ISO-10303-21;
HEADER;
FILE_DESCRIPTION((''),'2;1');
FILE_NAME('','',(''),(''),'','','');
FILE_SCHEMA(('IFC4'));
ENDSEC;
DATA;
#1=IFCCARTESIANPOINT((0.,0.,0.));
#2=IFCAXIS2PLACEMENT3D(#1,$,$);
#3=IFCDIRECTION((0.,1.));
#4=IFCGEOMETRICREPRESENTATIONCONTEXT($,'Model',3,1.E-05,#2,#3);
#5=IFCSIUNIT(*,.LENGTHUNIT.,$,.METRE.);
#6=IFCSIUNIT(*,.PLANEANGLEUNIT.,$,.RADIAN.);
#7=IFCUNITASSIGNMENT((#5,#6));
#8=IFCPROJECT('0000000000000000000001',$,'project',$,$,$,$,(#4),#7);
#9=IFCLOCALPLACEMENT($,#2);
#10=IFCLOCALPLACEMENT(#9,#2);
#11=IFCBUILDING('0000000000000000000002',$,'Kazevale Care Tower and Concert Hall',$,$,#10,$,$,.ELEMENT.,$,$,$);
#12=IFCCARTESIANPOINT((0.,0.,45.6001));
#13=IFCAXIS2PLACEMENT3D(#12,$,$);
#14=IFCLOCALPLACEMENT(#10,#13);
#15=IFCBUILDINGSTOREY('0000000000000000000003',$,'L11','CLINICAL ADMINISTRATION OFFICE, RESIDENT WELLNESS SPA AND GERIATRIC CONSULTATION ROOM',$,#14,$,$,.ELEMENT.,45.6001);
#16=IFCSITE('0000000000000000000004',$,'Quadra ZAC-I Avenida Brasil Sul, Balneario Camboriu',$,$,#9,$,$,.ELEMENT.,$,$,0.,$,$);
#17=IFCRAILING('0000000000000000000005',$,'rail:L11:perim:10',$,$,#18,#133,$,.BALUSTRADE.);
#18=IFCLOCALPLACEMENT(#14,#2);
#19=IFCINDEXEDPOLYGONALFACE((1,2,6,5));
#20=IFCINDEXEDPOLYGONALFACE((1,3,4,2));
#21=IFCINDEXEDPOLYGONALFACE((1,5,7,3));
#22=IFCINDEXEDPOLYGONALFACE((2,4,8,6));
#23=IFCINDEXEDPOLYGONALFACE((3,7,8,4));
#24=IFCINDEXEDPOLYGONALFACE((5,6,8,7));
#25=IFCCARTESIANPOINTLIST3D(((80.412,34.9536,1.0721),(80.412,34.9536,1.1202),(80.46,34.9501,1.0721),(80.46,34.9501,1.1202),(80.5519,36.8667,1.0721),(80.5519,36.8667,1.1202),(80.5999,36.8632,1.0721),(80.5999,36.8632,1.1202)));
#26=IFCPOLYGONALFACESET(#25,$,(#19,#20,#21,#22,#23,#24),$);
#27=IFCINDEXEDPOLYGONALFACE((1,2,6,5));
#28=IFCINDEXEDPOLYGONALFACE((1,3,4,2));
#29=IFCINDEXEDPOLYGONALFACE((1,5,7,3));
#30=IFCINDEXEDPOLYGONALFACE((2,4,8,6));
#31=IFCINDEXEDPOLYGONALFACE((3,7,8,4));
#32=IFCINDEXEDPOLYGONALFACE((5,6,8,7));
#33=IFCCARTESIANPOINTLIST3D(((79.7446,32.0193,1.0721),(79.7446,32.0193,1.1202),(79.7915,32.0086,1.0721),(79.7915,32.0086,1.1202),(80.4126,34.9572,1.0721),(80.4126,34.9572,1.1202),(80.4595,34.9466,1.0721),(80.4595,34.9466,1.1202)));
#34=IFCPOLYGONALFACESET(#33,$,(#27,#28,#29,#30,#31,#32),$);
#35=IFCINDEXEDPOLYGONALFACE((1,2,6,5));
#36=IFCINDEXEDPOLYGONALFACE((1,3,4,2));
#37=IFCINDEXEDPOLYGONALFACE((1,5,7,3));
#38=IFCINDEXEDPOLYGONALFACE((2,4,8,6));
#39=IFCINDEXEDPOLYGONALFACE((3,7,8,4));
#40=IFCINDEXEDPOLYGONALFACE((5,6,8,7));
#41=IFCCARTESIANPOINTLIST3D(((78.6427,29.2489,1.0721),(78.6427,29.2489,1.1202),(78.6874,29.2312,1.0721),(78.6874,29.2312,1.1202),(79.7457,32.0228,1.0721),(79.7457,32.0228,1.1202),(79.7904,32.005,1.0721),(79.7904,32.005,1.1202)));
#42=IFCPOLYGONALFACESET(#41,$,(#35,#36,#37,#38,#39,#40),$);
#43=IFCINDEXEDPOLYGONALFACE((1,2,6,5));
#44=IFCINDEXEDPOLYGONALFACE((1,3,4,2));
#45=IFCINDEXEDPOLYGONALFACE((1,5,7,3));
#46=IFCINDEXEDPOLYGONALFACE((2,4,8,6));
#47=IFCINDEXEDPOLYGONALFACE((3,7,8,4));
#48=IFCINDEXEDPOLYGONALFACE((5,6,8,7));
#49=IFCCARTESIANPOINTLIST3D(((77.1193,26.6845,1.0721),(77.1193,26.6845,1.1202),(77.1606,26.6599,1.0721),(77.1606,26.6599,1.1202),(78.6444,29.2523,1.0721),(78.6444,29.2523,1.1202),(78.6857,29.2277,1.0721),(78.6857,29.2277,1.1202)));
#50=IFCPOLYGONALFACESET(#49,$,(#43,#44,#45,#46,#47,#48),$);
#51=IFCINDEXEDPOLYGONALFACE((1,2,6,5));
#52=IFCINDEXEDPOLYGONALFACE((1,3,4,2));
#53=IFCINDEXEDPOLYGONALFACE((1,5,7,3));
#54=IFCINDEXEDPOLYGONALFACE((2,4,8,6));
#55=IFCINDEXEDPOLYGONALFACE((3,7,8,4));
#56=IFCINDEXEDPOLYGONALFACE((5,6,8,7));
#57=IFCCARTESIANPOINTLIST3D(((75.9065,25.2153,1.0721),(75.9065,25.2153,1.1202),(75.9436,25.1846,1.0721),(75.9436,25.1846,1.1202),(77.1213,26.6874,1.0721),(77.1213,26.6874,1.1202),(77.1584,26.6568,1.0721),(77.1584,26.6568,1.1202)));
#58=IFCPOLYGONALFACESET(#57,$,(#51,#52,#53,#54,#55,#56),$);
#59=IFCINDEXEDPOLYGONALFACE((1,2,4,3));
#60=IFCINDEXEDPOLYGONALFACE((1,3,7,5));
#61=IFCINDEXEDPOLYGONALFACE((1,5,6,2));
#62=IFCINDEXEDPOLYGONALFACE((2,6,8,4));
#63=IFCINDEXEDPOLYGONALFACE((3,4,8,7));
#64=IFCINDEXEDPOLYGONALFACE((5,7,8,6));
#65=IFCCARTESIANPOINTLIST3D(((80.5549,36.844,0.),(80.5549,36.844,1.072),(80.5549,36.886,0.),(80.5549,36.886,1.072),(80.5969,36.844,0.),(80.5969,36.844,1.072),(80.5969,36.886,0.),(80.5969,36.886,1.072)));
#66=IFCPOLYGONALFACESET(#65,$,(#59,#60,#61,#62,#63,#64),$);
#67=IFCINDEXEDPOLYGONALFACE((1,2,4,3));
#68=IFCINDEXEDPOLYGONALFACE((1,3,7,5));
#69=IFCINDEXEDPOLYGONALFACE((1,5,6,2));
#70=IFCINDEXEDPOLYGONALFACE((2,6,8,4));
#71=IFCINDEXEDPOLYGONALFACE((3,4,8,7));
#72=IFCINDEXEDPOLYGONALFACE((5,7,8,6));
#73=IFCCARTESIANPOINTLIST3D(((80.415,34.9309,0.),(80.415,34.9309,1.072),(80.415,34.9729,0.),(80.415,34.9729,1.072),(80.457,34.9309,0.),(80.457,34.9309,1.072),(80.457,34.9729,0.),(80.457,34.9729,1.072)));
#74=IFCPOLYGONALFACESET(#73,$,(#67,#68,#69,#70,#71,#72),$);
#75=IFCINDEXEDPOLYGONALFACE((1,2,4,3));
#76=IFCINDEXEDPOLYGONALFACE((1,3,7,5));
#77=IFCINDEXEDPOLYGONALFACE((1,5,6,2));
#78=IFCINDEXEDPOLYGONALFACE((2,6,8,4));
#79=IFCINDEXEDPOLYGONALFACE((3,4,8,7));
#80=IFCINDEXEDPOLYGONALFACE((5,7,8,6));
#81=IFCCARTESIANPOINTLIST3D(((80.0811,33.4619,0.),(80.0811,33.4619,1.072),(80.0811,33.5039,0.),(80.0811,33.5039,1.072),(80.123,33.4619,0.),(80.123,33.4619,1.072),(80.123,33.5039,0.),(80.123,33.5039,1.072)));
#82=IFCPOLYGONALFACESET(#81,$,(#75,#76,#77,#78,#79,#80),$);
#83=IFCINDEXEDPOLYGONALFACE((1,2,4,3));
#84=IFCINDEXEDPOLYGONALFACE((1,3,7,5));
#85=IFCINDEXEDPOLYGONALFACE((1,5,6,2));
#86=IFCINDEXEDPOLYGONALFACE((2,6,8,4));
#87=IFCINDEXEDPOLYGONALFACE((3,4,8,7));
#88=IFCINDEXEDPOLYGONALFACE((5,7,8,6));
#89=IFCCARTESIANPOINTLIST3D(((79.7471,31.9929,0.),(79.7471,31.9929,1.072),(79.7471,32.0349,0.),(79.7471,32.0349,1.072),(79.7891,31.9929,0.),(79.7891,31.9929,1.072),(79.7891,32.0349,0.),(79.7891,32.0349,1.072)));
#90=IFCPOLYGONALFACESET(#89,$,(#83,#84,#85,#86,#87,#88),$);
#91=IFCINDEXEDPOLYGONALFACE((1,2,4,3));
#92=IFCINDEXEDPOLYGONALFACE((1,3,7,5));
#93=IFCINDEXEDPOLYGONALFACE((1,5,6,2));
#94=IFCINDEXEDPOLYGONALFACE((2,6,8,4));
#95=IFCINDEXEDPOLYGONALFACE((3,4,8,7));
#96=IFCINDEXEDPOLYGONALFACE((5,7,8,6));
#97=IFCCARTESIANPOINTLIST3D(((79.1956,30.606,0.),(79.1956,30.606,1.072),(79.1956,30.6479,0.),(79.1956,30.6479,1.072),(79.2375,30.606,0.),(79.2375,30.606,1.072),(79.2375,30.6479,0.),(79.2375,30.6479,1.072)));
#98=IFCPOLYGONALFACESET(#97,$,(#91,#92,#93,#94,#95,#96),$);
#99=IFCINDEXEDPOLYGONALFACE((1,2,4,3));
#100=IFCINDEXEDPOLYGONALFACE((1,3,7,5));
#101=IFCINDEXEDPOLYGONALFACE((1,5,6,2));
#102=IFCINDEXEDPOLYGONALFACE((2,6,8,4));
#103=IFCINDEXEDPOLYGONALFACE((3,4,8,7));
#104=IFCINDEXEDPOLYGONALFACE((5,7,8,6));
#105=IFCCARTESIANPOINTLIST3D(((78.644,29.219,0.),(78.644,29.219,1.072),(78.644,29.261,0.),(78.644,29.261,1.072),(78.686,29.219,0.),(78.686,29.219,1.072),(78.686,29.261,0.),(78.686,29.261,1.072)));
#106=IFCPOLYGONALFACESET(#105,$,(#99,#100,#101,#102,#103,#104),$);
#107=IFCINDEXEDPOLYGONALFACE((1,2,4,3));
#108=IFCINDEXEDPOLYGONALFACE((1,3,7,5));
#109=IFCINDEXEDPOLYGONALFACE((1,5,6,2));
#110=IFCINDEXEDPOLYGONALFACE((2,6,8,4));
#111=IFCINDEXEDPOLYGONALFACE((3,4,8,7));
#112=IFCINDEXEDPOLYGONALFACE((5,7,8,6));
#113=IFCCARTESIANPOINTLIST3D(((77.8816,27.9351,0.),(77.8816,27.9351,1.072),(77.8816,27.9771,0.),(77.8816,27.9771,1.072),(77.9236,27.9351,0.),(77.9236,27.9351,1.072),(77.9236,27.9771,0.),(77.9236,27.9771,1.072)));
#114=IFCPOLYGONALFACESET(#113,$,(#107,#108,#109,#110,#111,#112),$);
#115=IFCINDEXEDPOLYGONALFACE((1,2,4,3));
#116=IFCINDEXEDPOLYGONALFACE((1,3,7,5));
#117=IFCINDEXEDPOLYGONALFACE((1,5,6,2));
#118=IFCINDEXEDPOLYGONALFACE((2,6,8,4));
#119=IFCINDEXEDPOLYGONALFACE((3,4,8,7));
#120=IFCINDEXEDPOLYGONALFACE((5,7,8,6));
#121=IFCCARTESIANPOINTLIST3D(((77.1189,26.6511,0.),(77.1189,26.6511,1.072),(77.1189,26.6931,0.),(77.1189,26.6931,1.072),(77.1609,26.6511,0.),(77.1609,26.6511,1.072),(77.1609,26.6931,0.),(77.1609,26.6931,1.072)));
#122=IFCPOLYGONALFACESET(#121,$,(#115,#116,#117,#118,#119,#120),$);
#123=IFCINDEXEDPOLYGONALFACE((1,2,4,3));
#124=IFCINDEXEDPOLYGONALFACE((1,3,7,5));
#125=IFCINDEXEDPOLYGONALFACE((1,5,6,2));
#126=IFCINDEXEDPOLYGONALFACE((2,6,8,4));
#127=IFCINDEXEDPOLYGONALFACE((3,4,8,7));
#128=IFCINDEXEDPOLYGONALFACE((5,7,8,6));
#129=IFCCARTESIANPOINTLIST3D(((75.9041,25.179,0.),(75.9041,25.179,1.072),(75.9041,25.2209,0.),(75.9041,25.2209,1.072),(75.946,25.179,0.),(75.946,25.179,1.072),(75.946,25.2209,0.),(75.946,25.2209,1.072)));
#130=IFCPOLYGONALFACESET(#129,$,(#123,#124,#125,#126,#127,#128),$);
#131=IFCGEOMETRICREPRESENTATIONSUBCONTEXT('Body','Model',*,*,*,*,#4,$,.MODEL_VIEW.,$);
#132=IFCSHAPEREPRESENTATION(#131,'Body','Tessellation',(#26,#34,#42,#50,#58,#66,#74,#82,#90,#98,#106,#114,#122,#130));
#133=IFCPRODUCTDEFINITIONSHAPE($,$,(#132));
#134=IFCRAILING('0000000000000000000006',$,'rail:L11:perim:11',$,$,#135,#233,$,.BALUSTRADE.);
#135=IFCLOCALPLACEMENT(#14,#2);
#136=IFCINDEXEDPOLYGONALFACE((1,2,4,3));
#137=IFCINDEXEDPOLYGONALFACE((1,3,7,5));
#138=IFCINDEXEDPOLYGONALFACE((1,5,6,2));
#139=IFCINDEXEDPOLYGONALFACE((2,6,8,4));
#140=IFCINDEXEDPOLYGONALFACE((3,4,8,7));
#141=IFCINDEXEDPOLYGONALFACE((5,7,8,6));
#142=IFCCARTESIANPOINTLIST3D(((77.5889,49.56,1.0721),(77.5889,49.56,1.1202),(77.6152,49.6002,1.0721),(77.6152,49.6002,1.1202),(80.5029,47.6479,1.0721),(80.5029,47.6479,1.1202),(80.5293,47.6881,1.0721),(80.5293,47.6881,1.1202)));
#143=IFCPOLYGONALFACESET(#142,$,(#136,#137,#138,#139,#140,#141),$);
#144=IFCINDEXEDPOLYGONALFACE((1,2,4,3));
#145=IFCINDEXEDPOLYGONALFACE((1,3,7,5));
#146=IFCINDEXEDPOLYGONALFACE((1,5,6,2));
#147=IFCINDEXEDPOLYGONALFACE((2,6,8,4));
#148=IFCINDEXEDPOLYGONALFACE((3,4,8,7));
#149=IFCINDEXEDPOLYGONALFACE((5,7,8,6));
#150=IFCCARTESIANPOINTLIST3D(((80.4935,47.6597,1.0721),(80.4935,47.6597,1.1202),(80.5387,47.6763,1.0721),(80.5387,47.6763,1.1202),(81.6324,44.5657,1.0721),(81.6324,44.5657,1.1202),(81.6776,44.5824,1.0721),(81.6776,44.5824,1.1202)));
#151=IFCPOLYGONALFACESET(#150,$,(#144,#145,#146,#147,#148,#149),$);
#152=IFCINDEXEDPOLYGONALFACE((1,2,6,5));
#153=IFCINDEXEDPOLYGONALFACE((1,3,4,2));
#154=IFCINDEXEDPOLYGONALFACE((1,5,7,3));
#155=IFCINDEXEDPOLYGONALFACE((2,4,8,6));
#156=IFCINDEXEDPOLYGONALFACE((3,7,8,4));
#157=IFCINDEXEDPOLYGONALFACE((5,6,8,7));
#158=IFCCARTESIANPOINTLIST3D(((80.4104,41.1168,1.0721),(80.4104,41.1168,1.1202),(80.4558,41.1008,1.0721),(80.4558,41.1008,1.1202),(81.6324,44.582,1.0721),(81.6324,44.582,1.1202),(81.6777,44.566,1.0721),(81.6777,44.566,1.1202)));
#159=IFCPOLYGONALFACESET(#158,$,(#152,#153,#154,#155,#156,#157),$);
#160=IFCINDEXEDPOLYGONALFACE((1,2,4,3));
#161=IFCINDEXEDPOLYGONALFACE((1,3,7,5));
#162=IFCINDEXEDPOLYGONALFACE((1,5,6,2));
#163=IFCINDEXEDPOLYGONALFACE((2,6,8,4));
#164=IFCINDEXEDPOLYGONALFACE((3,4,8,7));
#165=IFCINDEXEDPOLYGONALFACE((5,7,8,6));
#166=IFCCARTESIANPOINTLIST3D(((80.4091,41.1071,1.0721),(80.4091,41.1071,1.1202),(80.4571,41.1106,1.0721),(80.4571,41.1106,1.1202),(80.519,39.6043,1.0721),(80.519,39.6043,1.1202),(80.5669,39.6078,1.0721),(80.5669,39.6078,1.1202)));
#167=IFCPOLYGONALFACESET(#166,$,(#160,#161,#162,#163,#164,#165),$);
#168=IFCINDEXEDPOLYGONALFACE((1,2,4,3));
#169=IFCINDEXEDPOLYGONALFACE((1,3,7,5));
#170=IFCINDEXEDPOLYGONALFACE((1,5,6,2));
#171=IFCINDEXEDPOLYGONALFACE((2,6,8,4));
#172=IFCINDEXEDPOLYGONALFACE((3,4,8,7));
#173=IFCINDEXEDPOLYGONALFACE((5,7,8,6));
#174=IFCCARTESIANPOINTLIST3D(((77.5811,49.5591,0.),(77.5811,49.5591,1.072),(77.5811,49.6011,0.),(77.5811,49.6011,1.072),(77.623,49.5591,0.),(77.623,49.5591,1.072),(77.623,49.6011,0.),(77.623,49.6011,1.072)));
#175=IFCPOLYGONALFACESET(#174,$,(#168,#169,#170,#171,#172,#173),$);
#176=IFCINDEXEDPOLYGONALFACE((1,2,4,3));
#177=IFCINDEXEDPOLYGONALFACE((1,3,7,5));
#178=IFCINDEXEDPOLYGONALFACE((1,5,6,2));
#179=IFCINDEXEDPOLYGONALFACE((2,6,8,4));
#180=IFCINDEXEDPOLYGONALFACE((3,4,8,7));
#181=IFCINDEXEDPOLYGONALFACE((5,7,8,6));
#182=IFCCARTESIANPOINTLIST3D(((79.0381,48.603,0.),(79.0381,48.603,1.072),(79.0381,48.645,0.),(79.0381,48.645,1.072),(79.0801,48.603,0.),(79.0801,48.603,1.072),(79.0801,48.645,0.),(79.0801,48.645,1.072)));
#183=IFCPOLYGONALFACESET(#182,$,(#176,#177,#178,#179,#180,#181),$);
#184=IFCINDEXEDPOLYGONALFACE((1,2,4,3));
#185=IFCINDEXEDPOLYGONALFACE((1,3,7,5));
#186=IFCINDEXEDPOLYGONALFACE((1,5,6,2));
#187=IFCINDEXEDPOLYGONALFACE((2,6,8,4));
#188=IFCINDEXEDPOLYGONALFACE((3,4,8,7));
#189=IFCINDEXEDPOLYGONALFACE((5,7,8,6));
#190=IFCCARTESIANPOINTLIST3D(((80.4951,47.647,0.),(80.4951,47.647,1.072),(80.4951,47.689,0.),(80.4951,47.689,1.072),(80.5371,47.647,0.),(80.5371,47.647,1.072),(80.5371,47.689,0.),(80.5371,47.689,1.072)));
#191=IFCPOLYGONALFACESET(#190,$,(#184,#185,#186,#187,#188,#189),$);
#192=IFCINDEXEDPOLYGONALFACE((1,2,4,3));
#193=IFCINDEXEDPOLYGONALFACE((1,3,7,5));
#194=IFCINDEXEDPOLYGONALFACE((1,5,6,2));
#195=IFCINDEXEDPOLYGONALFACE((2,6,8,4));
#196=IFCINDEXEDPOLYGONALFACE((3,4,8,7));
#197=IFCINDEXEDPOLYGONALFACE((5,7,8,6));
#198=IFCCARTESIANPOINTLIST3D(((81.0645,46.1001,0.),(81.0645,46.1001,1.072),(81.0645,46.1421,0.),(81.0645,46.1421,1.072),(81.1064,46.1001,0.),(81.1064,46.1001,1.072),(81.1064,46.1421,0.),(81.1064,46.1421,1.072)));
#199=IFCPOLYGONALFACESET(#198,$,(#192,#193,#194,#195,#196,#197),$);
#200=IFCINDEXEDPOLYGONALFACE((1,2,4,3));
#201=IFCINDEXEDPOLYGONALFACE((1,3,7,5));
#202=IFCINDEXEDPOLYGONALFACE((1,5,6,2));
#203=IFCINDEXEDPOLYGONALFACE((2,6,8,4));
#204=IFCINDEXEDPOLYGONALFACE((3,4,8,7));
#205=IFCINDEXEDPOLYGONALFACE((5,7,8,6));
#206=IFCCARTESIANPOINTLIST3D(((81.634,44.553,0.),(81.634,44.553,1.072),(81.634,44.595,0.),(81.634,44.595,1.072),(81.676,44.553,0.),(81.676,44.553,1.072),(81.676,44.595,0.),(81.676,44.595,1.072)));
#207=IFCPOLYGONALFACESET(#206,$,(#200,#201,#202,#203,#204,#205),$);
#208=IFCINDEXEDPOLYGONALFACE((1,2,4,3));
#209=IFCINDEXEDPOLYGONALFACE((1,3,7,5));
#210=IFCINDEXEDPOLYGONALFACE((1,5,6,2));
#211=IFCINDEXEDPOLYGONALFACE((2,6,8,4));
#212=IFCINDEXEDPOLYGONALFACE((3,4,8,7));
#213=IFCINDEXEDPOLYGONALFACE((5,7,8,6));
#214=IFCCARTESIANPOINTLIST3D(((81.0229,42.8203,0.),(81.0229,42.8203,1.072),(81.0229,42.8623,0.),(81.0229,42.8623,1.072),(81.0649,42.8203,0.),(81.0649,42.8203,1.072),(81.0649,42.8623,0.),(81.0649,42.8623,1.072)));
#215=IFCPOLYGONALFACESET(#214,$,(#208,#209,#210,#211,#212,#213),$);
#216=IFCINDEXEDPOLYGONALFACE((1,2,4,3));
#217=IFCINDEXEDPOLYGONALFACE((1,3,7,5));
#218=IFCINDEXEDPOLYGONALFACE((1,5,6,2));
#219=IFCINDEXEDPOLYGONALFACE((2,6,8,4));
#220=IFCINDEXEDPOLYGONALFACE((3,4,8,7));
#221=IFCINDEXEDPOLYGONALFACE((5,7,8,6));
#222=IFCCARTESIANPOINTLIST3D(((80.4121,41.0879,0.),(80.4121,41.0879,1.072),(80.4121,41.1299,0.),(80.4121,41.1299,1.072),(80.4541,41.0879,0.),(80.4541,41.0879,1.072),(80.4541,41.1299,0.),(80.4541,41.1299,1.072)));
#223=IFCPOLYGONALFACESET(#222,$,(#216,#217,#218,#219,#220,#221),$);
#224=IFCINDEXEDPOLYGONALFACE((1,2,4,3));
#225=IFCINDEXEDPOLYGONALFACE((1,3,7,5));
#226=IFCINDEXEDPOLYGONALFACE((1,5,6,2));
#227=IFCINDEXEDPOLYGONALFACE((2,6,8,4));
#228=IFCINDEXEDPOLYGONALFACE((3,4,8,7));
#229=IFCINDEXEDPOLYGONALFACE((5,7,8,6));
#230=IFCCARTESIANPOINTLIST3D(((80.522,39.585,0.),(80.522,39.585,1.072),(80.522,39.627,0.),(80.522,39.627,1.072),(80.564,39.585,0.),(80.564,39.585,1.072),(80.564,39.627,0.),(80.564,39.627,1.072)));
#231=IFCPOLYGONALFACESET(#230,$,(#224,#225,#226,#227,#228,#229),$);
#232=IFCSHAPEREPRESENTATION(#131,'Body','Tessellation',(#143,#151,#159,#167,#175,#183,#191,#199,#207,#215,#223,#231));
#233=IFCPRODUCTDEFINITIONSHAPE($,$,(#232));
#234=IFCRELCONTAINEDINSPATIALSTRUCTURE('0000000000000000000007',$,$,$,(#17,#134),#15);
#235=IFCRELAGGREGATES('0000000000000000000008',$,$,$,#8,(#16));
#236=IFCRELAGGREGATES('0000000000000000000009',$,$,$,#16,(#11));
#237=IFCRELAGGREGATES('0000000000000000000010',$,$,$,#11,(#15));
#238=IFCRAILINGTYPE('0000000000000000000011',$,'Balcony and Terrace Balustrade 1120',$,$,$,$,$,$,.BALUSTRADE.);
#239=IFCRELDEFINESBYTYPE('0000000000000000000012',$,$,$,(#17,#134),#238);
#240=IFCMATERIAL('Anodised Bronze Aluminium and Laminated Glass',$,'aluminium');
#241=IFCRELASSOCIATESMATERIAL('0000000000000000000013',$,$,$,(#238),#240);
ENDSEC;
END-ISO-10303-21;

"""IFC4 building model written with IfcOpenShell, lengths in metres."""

from ifc_helpers import new_model, si_unit, direction, frame, origin, origin_2d, place, context, subcontext, project, spatial, rectangle, extrude, material, type_object, element, save


model = new_model("IFC4")

# Units and contexts
model_context = context("Model", 3, precision=1e-05, world=origin(), true_north=direction((0.0, 1.0)))
body_context = subcontext(model_context, "Body", "Model", "MODEL_VIEW")
ifc_project = project(units=[si_unit("LENGTHUNIT", "METRE"), si_unit("PLANEANGLEUNIT", "RADIAN")], contexts=[model_context])

# Site, building, storey
site_placement = place(None, origin())
site = spatial("IfcSite", under=ifc_project, at=site_placement, Name="Quadra ZAC-I Avenida Brasil Sul, Balneario Camboriu", CompositionType="ELEMENT", RefElevation=0.0)
building_placement = place(site_placement, origin())
building = spatial("IfcBuilding", under=site, at=building_placement, Name="Kazevale Care Tower and Concert Hall", CompositionType="ELEMENT")
storey_placement = place(building_placement, frame((0.0, 0.0, 45.6001)))
storey = spatial("IfcBuildingStorey", under=building, at=storey_placement, Name="L11", Description="CLINICAL ADMINISTRATION OFFICE, RESIDENT WELLNESS SPA AND GERIATRIC CONSULTATION ROOM", CompositionType="ELEMENT", Elevation=45.6001)

# Railings
ifc_material_1 = material(Name="Anodised Bronze Aluminium and Laminated Glass", Category="aluminium")
railing_type = type_object("IfcRailingType", Name="Balcony and Terrace Balustrade 1120", PredefinedType="BALUSTRADE", material=ifc_material_1)
railing_1_placement = place(storey_placement, frame((80.5759, 36.865, 0.0)))
element("IfcRailing", 1, at=railing_1_placement, inside=storey, type_object=railing_type, Name="rail:L11:perim:10", PredefinedType="BALUSTRADE", context=body_context, shape_type="SweptSolid", body=[
    extrude(rectangle(XDim=0.0481, YDim=0.0481, at=origin_2d()), frame((0.0, 0.0, 1.0962), z_axis=(-0.072929, -0.997337, 0.0), x_axis=(0.997337, -0.072929, 0.0)), (0.0, 0.0, 1.0), 1.9182),
    extrude(rectangle(XDim=0.0481, YDim=0.0481, at=origin_2d()), frame((-0.1399, -1.9131, 1.0962), z_axis=(-0.221698, -0.975115, 0.0), x_axis=(0.975115, -0.221698, 0.0)), (0.0, 0.0, 1.0), 3.0129),
    extrude(rectangle(XDim=0.0481, YDim=0.0481, at=origin_2d()), frame((-0.8079, -4.8511, 1.0962), z_axis=(-0.3695, -0.929231, 0.0), x_axis=(0.929231, -0.3695, 0.0)), (0.0, 0.0, 1.0), 2.9851),
    extrude(rectangle(XDim=0.0481, YDim=0.0481, at=origin_2d()), frame((-1.9109, -7.625, 1.0962), z_axis=(-0.510656, -0.859785, 0.0), x_axis=(0.859785, -0.510656, 0.0)), (0.0, 0.0, 1.0), 2.9866),
    extrude(rectangle(XDim=0.0481, YDim=0.0481, at=origin_2d()), frame((-3.436, -10.1929, 1.0962), z_axis=(-0.636478, -0.771295, 0.0), x_axis=(0.771295, -0.636478, 0.0)), (0.0, 0.0, 1.0), 1.9087),
    extrude(rectangle(XDim=0.042, YDim=0.042, at=origin_2d()), origin(), (0.0, 0.0, 1.0), 1.072),
    extrude(rectangle(XDim=0.042, YDim=0.042, at=origin_2d()), frame((-0.1399, -1.9131, 0.0)), (0.0, 0.0, 1.0), 1.072),
    extrude(rectangle(XDim=0.042, YDim=0.042, at=origin_2d()), frame((-0.4739, -3.3821, 0.0)), (0.0, 0.0, 1.0), 1.072),
    extrude(rectangle(XDim=0.042, YDim=0.042, at=origin_2d()), frame((-0.8079, -4.8511, 0.0)), (0.0, 0.0, 1.0), 1.072),
    extrude(rectangle(XDim=0.042, YDim=0.042, at=origin_2d()), frame((-1.3594, -6.238, 0.0)), (0.0, 0.0, 1.0), 1.072),
    extrude(rectangle(XDim=0.042, YDim=0.042, at=origin_2d()), frame((-1.9109, -7.625, 0.0)), (0.0, 0.0, 1.0), 1.072),
    extrude(rectangle(XDim=0.042, YDim=0.042, at=origin_2d()), frame((-2.6733, -8.9089, 0.0)), (0.0, 0.0, 1.0), 1.072),
    extrude(rectangle(XDim=0.042, YDim=0.042, at=origin_2d()), frame((-3.436, -10.1929, 0.0)), (0.0, 0.0, 1.0), 1.072),
    extrude(rectangle(XDim=0.042, YDim=0.042, at=origin_2d()), frame((-4.6509, -11.665, 0.0)), (0.0, 0.0, 1.0), 1.072),
])
railing_2_placement = place(storey_placement, frame((77.6021, 49.5801, 0.0)))
element("IfcRailing", 2, at=railing_2_placement, inside=storey, type_object=railing_type, Name="rail:L11:perim:11", PredefinedType="BALUSTRADE", context=body_context, shape_type="SweptSolid", body=[
    extrude(rectangle(XDim=0.0481, YDim=0.0481, at=origin_2d()), frame((0.0, 0.0, 1.0962), z_axis=(0.83608, -0.548607, 0.0), x_axis=(0.548607, 0.83608, 0.0)), (0.0, 0.0, 1.0), 3.4854),
    extrude(rectangle(XDim=0.0481, YDim=0.0481, at=origin_2d()), frame((2.9141, -1.9121, 1.0962), z_axis=(0.345445, -0.938439, 0.0), x_axis=(0.938439, 0.345445, 0.0)), (0.0, 0.0, 1.0), 3.2969),
    extrude(rectangle(XDim=0.0481, YDim=0.0481, at=origin_2d()), frame((4.053, -5.0061, 1.0962), z_axis=(-0.332566, -0.94308, 0.0), x_axis=(0.94308, -0.332566, 0.0)), (0.0, 0.0, 1.0), 3.6743),
    extrude(rectangle(XDim=0.0481, YDim=0.0481, at=origin_2d()), frame((2.8311, -8.4712, 1.0962), z_axis=(0.072905, -0.997339, 0.0), x_axis=(0.997339, 0.072905, 0.0)), (0.0, 0.0, 1.0), 1.5068),
    extrude(rectangle(XDim=0.042, YDim=0.042, at=origin_2d()), origin(), (0.0, 0.0, 1.0), 1.072),
    extrude(rectangle(XDim=0.042, YDim=0.042, at=origin_2d()), frame((1.457, -0.9561, 0.0)), (0.0, 0.0, 1.0), 1.072),
    extrude(rectangle(XDim=0.042, YDim=0.042, at=origin_2d()), frame((2.9141, -1.9121, 0.0)), (0.0, 0.0, 1.0), 1.072),
    extrude(rectangle(XDim=0.042, YDim=0.042, at=origin_2d()), frame((3.4834, -3.459, 0.0)), (0.0, 0.0, 1.0), 1.072),
    extrude(rectangle(XDim=0.042, YDim=0.042, at=origin_2d()), frame((4.053, -5.0061, 0.0)), (0.0, 0.0, 1.0), 1.072),
    extrude(rectangle(XDim=0.042, YDim=0.042, at=origin_2d()), frame((3.4419, -6.7388, 0.0)), (0.0, 0.0, 1.0), 1.072),
    extrude(rectangle(XDim=0.042, YDim=0.042, at=origin_2d()), frame((2.8311, -8.4712, 0.0)), (0.0, 0.0, 1.0), 1.072),
    extrude(rectangle(XDim=0.042, YDim=0.042, at=origin_2d()), frame((2.9409, -9.9741, 0.0)), (0.0, 0.0, 1.0), 1.072),
])

save(model, "model.ifc")
